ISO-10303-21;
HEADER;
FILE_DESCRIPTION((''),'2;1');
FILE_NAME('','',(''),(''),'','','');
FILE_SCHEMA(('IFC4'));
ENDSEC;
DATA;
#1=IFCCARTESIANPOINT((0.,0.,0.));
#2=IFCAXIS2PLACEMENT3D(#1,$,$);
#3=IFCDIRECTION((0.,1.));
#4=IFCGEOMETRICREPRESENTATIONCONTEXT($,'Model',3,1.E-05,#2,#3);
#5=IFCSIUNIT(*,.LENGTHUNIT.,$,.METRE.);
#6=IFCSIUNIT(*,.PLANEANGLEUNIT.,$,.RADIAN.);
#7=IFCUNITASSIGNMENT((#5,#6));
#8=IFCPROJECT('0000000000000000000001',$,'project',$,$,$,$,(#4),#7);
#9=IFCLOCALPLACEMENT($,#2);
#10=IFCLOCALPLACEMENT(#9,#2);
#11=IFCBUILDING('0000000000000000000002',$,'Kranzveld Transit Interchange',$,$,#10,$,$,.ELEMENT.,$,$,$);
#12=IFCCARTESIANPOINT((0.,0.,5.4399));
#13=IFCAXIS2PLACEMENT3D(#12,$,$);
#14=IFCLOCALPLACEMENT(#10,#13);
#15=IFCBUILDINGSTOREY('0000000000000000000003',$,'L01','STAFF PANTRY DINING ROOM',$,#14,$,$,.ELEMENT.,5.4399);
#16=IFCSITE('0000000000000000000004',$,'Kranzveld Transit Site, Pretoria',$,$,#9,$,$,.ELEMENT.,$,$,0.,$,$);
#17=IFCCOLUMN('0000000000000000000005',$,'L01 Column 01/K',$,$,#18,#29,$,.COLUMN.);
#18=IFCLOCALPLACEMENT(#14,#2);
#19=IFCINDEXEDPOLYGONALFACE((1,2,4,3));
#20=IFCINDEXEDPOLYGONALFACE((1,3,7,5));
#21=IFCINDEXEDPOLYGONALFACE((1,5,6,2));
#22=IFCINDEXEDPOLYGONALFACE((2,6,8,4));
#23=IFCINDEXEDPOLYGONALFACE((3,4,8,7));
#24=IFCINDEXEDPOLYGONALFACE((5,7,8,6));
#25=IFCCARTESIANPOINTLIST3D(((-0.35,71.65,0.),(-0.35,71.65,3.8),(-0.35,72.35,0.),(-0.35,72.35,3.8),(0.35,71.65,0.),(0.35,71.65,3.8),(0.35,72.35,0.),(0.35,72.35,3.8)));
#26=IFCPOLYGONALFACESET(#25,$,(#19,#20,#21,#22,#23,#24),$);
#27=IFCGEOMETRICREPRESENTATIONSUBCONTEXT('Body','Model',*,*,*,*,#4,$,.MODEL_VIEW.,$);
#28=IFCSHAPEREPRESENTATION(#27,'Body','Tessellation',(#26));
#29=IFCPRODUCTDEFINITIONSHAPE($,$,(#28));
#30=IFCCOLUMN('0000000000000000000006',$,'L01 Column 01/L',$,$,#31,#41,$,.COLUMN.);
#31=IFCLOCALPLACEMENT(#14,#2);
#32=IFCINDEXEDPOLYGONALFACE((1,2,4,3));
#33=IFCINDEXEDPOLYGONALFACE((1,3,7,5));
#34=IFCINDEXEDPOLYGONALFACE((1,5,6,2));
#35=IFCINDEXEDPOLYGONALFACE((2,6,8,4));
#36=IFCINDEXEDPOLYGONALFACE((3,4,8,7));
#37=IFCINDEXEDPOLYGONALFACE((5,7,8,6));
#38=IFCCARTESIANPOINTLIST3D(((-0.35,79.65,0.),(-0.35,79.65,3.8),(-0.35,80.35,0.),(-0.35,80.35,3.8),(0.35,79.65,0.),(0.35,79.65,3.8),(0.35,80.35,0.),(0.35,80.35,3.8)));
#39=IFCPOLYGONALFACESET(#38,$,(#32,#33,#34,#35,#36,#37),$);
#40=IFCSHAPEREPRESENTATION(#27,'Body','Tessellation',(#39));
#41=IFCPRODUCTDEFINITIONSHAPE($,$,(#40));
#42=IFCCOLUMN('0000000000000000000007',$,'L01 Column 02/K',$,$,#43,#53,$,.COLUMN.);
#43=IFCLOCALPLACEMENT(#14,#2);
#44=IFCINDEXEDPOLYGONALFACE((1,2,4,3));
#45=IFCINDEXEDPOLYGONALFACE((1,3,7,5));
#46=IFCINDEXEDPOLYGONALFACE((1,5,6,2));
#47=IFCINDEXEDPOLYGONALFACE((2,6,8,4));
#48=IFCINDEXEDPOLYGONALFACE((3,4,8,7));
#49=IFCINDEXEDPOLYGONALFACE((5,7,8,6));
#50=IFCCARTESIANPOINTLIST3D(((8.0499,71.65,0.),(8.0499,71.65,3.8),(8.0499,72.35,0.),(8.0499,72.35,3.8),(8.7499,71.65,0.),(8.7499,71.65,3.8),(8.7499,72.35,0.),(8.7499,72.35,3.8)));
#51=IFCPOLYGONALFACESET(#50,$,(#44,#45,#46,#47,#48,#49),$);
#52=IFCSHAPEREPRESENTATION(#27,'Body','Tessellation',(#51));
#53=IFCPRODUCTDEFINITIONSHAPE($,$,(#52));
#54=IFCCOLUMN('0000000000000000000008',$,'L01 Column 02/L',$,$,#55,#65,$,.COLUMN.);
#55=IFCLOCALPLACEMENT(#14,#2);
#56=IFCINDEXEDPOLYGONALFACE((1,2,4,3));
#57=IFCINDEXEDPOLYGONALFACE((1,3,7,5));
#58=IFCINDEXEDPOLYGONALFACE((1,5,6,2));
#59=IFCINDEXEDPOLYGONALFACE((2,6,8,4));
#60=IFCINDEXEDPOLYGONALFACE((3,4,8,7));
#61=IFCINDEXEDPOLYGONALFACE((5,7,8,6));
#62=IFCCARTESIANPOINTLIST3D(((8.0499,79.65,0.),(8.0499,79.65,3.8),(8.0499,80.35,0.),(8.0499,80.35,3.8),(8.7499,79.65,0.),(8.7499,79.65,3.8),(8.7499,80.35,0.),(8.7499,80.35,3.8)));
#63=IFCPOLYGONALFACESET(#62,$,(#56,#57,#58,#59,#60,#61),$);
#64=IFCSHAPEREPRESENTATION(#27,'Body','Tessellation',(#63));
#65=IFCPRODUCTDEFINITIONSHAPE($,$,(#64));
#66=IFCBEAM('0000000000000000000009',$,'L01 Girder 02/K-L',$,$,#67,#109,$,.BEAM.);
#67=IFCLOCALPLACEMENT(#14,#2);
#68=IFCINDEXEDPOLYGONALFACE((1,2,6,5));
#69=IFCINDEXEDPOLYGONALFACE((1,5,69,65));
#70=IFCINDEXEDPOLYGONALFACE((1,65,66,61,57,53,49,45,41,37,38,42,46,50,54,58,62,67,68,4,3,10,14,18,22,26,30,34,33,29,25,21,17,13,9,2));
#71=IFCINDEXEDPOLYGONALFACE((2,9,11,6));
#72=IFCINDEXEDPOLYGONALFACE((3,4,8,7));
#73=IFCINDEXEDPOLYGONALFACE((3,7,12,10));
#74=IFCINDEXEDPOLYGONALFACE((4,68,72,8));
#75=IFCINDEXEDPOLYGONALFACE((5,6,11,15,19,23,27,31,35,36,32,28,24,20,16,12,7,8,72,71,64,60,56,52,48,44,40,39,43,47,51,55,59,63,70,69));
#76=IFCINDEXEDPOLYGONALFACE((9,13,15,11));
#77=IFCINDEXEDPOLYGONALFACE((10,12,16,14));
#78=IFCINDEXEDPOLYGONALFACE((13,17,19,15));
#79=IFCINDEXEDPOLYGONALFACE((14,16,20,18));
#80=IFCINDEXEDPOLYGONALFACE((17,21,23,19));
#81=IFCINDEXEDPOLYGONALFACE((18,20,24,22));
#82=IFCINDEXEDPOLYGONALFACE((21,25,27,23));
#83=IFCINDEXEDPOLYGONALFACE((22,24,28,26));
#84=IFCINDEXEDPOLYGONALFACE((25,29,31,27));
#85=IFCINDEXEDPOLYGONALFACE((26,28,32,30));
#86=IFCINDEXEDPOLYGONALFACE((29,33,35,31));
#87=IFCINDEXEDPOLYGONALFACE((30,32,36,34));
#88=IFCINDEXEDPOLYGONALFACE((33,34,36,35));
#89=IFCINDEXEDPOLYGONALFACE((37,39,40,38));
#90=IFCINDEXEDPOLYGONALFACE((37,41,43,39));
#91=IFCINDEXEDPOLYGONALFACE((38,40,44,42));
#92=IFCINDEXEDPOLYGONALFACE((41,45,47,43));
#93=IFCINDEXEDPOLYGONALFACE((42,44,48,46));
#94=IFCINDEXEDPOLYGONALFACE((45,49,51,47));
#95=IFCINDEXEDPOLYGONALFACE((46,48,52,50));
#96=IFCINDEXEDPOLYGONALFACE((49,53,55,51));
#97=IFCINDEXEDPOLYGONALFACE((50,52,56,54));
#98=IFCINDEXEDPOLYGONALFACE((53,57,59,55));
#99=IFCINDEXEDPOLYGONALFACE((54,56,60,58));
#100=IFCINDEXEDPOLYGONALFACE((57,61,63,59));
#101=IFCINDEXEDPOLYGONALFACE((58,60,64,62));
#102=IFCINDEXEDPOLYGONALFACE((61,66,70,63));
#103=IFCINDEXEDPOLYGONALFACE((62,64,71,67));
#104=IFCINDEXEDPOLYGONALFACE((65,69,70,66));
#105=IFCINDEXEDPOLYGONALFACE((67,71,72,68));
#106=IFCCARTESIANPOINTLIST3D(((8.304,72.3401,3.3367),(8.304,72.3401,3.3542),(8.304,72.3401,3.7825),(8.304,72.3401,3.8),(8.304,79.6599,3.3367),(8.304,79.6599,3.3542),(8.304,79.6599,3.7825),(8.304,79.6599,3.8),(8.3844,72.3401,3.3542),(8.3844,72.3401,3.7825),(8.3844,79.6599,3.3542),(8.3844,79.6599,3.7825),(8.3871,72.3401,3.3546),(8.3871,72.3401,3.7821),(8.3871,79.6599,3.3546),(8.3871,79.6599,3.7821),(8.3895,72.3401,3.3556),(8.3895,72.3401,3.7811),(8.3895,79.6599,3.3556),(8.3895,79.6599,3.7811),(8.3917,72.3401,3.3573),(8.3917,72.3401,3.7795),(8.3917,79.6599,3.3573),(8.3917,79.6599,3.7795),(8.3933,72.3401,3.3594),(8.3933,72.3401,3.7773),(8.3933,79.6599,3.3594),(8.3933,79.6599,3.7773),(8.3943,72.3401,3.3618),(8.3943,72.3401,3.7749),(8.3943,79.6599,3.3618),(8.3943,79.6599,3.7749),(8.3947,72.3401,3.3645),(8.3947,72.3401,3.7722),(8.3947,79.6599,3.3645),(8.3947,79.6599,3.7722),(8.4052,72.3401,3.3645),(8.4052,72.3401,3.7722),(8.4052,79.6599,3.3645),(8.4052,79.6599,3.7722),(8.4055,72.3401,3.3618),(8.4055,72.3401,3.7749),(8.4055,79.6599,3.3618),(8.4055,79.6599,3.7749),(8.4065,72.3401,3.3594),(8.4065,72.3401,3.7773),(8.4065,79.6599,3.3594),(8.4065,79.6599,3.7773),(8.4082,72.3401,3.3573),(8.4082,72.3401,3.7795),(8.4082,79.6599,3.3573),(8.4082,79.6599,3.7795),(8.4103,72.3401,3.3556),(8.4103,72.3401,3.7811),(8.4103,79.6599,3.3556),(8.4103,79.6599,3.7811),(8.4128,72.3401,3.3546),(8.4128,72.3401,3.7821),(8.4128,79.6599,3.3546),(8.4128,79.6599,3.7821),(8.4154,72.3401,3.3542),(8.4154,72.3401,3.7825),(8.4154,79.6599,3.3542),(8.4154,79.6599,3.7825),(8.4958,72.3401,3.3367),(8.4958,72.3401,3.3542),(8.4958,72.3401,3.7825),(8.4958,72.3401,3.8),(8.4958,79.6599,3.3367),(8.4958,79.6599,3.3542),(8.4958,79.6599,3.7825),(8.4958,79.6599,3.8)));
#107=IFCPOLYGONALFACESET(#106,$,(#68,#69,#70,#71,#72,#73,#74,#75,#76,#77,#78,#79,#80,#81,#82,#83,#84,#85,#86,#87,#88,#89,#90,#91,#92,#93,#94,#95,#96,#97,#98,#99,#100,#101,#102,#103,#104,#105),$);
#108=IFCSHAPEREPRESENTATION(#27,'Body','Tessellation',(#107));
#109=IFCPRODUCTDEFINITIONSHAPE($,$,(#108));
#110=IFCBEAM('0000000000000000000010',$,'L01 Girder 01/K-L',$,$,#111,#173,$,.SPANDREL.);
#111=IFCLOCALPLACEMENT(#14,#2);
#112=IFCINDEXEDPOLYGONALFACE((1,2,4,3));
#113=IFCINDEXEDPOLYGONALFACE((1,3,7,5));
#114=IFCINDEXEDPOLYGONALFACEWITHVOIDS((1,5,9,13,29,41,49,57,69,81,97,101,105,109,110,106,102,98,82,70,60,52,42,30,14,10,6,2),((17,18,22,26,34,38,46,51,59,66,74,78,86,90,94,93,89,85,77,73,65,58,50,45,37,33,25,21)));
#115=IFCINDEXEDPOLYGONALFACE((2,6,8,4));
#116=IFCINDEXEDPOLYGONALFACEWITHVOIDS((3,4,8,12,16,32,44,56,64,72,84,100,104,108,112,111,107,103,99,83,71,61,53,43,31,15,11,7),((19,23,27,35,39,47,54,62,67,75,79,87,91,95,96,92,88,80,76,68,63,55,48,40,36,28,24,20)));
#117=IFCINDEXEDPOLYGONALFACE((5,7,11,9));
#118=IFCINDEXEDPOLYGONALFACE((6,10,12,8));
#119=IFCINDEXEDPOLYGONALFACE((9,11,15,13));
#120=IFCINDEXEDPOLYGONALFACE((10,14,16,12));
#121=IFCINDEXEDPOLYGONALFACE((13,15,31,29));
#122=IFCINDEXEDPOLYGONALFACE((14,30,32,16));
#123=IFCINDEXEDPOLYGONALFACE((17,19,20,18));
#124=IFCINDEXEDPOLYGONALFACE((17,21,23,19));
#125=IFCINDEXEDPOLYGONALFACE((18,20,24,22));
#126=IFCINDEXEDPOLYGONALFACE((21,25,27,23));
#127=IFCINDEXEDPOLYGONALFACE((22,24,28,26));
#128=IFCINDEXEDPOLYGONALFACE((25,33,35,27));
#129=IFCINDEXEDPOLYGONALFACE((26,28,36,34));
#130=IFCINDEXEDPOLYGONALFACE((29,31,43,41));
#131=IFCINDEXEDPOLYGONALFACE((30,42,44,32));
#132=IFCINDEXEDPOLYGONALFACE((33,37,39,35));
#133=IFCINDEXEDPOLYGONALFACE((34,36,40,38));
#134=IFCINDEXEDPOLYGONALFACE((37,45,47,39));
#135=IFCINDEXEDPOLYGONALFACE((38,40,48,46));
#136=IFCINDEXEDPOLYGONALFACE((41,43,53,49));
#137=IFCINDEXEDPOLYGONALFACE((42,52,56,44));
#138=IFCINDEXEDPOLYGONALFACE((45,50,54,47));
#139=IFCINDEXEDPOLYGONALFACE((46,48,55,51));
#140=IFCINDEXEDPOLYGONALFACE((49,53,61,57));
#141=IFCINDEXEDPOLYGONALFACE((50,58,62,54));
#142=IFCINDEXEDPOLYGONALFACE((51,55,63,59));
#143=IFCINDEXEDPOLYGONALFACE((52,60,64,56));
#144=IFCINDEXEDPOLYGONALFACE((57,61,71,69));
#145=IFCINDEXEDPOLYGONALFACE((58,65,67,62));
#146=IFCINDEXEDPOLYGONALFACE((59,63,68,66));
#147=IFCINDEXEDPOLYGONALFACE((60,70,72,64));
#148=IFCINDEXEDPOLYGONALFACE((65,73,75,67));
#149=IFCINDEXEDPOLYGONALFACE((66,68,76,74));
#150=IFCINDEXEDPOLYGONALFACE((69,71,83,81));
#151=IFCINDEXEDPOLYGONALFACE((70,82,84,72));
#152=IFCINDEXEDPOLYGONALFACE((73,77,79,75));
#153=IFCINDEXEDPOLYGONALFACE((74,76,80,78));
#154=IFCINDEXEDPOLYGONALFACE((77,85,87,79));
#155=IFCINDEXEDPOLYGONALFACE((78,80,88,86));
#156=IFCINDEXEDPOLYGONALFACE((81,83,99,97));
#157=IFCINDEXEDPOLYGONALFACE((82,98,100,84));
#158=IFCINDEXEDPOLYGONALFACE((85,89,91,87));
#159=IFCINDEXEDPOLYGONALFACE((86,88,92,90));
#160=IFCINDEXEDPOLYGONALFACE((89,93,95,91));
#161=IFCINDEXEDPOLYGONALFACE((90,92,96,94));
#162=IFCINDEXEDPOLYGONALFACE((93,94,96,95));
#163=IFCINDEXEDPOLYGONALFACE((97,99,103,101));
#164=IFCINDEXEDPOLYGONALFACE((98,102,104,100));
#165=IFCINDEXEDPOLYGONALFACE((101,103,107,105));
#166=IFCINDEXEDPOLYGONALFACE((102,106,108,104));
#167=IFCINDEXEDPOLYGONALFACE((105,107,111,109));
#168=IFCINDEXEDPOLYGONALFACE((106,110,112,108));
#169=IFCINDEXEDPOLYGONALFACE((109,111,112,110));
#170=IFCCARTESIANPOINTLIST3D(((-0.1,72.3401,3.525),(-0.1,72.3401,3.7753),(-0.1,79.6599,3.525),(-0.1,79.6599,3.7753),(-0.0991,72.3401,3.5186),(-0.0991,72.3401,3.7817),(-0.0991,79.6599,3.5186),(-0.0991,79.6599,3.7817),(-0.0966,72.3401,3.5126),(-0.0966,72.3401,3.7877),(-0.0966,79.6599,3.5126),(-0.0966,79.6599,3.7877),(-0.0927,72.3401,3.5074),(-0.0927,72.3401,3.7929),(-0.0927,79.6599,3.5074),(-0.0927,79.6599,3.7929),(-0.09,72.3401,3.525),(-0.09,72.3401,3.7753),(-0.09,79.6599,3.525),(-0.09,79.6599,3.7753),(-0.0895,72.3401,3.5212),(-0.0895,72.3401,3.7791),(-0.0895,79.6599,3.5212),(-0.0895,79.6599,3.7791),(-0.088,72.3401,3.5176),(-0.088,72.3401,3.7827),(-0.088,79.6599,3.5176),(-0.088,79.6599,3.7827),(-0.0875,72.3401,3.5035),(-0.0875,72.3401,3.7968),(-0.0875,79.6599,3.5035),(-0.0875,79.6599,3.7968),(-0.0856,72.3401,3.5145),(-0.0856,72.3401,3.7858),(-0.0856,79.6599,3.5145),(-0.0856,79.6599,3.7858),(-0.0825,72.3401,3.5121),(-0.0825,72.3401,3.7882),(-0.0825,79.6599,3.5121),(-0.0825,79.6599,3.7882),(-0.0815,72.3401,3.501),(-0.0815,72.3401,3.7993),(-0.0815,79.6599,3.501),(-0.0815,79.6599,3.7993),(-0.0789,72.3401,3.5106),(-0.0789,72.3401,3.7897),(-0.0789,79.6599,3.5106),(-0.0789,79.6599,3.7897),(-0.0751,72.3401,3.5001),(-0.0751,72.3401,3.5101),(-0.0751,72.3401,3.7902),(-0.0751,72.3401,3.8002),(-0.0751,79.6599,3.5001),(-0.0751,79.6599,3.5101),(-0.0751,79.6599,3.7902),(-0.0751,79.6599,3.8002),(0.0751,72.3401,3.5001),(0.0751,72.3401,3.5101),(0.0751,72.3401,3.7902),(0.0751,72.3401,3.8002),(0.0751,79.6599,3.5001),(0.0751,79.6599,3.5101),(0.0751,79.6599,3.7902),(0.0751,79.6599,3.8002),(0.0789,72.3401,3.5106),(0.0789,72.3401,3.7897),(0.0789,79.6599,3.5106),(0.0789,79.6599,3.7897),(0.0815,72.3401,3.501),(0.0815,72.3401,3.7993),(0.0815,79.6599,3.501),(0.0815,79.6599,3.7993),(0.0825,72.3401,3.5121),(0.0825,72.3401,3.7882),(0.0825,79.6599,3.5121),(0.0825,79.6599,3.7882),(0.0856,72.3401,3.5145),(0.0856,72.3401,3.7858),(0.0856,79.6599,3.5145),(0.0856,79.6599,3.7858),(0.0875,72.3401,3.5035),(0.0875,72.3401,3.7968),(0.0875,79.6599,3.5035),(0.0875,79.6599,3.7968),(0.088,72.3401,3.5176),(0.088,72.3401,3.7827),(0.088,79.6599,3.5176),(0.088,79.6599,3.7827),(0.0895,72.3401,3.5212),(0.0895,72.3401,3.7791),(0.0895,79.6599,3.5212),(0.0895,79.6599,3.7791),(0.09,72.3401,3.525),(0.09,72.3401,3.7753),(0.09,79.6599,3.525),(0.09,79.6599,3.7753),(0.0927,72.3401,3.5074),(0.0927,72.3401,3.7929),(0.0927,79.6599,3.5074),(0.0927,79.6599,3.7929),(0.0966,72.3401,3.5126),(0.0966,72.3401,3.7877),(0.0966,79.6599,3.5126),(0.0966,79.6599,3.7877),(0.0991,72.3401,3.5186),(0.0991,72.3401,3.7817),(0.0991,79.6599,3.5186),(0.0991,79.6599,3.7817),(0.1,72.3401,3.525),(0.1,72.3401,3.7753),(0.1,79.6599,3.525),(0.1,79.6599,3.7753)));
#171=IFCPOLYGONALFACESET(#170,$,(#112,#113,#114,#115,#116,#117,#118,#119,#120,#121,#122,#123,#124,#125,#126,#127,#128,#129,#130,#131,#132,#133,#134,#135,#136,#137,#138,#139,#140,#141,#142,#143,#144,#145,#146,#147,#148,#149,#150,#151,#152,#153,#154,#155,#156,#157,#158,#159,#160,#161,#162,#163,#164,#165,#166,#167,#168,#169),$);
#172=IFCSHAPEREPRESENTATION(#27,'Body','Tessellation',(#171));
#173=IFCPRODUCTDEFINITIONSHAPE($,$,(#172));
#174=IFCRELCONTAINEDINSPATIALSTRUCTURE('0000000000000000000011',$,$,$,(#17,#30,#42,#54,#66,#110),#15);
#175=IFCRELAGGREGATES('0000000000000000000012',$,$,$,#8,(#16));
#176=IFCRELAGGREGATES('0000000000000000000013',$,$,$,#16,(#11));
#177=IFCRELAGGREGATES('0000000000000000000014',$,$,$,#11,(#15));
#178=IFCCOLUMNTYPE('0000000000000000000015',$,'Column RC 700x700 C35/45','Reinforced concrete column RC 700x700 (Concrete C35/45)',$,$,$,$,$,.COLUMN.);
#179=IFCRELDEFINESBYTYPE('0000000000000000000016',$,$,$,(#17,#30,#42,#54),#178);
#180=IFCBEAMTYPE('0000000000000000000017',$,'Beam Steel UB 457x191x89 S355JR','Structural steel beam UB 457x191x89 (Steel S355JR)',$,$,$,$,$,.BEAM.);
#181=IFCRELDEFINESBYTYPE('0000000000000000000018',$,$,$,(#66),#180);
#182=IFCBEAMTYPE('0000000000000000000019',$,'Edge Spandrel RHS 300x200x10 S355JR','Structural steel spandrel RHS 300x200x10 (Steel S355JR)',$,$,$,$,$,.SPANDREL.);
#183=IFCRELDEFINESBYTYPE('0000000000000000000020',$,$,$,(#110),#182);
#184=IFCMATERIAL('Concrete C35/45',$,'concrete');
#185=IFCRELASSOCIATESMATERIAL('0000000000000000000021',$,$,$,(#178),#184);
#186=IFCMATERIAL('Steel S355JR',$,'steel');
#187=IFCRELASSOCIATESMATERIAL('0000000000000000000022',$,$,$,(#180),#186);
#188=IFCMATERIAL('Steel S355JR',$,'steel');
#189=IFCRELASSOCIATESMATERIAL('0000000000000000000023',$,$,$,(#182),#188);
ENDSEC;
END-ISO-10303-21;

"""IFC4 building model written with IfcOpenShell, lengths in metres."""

from ifc_helpers import new_model, si_unit, direction, frame, origin, origin_2d, place, context, subcontext, project, spatial, rectangle, hollow_rectangle, i_section, extrude, material, material_profile, profile_set, type_object, element, save


model = new_model("IFC4")

# Units and contexts
model_context = context("Model", 3, precision=1e-05, world=origin(), true_north=direction((0.0, 1.0)))
body_context = subcontext(model_context, "Body", "Model", "MODEL_VIEW")
ifc_project = project(units=[si_unit("LENGTHUNIT", "METRE"), si_unit("PLANEANGLEUNIT", "RADIAN")], contexts=[model_context])

# Site, building, storey
site_placement = place(None, origin())
site = spatial("IfcSite", under=ifc_project, at=site_placement, Name="Kranzveld Transit Site, Pretoria", CompositionType="ELEMENT", RefElevation=0.0)
building_placement = place(site_placement, origin())
building = spatial("IfcBuilding", under=site, at=building_placement, Name="Kranzveld Transit Interchange", CompositionType="ELEMENT")
storey_placement = place(building_placement, frame((0.0, 0.0, 5.4399)))
storey = spatial("IfcBuildingStorey", under=building, at=storey_placement, Name="L01", Description="STAFF PANTRY DINING ROOM", CompositionType="ELEMENT", Elevation=5.4399)

# Columns
ifc_material_1 = material(Name="Concrete C35/45", Category="concrete")
ifc_material_profile_1 = material_profile(ifc_material_1, rectangle(XDim=0.7, YDim=0.7, at=origin_2d()), Name="RC 700x700")
ifc_profile_set_1 = profile_set([ifc_material_profile_1], Name="Concrete C35/45")
column_type = type_object("IfcColumnType", Name="Column RC 700x700 C35/45", Description="Reinforced concrete column RC 700x700 (Concrete C35/45)", PredefinedType="COLUMN", material=ifc_profile_set_1)
for number, where, z_axis, x_axis, name in (
    (1, (0.0, 72.0, 0.0), (0.0, 0.0, 1.0), (1.0, 0.0, 0.0), "L01 Column 01/K"),
    (2, (0.0, 80.0, 0.0), (0.0, 0.0, 1.0), (1.0, 0.0, 0.0), "L01 Column 01/L"),
    (3, (8.3999, 72.0, 0.0), (0.0, 0.0, 1.0), (1.0, 0.0, 0.0), "L01 Column 02/K"),
    (4, (8.3999, 80.0, 0.0), (0.0, 0.0, 1.0), (1.0, 0.0, 0.0), "L01 Column 02/L"),
):
    element("IfcColumn", number, at=place(storey_placement, frame(where, z_axis=z_axis, x_axis=x_axis)), inside=storey, type_object=column_type, Name=name, PredefinedType="COLUMN", context=body_context, shape_type="SweptSolid", body=[
        extrude(rectangle(XDim=0.7, YDim=0.7, at=origin_2d()), origin(), (0.0, 0.0, 1.0), 3.8),
    ])

# Beams
ifc_material_2 = material(Name="Steel S355JR", Category="steel")
ifc_material_profile_2 = material_profile(ifc_material_2, i_section(OverallWidth=0.1919, OverallDepth=0.4634, WebThickness=0.0105, FlangeThickness=0.0176, FilletRadius=0.0103, at=origin_2d()), Name="UB 457x191x89")
ifc_profile_set_2 = profile_set([ifc_material_profile_2], Name="Steel S355JR")
beam_type_1 = type_object("IfcBeamType", Name="Beam Steel UB 457x191x89 S355JR", Description="Structural steel beam UB 457x191x89 (Steel S355JR)", PredefinedType="BEAM", material=ifc_profile_set_2)
beam_1_placement = place(storey_placement, frame((8.3999, 72.3401, 3.5684), z_axis=(0.0, 1.0, 0.0), x_axis=(-1.0, 0.0, 0.0)))
element("IfcBeam", 5, at=beam_1_placement, inside=storey, type_object=beam_type_1, Name="L01 Girder 02/K-L", PredefinedType="BEAM", context=body_context, shape_type="SweptSolid", body=[
    extrude(i_section(OverallWidth=0.1919, OverallDepth=0.4634, WebThickness=0.0105, FlangeThickness=0.0176, FilletRadius=0.0103, at=origin_2d()), origin(), (0.0, 0.0, 1.0), 7.3198),
])
ifc_material_3 = material(Name="Steel S355JR", Category="steel")
ifc_material_profile_3 = material_profile(ifc_material_3, hollow_rectangle(XDim=0.2, YDim=0.3, WallThickness=0.01, InnerFilletRadius=0.0149, OuterFilletRadius=0.0249, at=origin_2d()), Name="RHS 300x200x10")
ifc_profile_set_3 = profile_set([ifc_material_profile_3], Name="Steel S355JR")
beam_type_2 = type_object("IfcBeamType", Name="Edge Spandrel RHS 300x200x10 S355JR", Description="Structural steel spandrel RHS 300x200x10 (Steel S355JR)", PredefinedType="SPANDREL", material=ifc_profile_set_3)
for number, where, z_axis, x_axis, name in (
    (6, (0.0, 72.3401, 3.6501), (0.0, 1.0, 0.0), (-1.0, 0.0, 0.0), "L01 Girder 01/K-L"),
):
    element("IfcBeam", number, at=place(storey_placement, frame(where, z_axis=z_axis, x_axis=x_axis)), inside=storey, type_object=beam_type_2, Name=name, PredefinedType="SPANDREL", context=body_context, shape_type="SweptSolid", body=[
        extrude(hollow_rectangle(XDim=0.2, YDim=0.3, WallThickness=0.01, InnerFilletRadius=0.0149, OuterFilletRadius=0.0249, at=origin_2d()), origin(), (0.0, 0.0, 1.0), 7.3198),
    ])

save(model, "model.ifc")
